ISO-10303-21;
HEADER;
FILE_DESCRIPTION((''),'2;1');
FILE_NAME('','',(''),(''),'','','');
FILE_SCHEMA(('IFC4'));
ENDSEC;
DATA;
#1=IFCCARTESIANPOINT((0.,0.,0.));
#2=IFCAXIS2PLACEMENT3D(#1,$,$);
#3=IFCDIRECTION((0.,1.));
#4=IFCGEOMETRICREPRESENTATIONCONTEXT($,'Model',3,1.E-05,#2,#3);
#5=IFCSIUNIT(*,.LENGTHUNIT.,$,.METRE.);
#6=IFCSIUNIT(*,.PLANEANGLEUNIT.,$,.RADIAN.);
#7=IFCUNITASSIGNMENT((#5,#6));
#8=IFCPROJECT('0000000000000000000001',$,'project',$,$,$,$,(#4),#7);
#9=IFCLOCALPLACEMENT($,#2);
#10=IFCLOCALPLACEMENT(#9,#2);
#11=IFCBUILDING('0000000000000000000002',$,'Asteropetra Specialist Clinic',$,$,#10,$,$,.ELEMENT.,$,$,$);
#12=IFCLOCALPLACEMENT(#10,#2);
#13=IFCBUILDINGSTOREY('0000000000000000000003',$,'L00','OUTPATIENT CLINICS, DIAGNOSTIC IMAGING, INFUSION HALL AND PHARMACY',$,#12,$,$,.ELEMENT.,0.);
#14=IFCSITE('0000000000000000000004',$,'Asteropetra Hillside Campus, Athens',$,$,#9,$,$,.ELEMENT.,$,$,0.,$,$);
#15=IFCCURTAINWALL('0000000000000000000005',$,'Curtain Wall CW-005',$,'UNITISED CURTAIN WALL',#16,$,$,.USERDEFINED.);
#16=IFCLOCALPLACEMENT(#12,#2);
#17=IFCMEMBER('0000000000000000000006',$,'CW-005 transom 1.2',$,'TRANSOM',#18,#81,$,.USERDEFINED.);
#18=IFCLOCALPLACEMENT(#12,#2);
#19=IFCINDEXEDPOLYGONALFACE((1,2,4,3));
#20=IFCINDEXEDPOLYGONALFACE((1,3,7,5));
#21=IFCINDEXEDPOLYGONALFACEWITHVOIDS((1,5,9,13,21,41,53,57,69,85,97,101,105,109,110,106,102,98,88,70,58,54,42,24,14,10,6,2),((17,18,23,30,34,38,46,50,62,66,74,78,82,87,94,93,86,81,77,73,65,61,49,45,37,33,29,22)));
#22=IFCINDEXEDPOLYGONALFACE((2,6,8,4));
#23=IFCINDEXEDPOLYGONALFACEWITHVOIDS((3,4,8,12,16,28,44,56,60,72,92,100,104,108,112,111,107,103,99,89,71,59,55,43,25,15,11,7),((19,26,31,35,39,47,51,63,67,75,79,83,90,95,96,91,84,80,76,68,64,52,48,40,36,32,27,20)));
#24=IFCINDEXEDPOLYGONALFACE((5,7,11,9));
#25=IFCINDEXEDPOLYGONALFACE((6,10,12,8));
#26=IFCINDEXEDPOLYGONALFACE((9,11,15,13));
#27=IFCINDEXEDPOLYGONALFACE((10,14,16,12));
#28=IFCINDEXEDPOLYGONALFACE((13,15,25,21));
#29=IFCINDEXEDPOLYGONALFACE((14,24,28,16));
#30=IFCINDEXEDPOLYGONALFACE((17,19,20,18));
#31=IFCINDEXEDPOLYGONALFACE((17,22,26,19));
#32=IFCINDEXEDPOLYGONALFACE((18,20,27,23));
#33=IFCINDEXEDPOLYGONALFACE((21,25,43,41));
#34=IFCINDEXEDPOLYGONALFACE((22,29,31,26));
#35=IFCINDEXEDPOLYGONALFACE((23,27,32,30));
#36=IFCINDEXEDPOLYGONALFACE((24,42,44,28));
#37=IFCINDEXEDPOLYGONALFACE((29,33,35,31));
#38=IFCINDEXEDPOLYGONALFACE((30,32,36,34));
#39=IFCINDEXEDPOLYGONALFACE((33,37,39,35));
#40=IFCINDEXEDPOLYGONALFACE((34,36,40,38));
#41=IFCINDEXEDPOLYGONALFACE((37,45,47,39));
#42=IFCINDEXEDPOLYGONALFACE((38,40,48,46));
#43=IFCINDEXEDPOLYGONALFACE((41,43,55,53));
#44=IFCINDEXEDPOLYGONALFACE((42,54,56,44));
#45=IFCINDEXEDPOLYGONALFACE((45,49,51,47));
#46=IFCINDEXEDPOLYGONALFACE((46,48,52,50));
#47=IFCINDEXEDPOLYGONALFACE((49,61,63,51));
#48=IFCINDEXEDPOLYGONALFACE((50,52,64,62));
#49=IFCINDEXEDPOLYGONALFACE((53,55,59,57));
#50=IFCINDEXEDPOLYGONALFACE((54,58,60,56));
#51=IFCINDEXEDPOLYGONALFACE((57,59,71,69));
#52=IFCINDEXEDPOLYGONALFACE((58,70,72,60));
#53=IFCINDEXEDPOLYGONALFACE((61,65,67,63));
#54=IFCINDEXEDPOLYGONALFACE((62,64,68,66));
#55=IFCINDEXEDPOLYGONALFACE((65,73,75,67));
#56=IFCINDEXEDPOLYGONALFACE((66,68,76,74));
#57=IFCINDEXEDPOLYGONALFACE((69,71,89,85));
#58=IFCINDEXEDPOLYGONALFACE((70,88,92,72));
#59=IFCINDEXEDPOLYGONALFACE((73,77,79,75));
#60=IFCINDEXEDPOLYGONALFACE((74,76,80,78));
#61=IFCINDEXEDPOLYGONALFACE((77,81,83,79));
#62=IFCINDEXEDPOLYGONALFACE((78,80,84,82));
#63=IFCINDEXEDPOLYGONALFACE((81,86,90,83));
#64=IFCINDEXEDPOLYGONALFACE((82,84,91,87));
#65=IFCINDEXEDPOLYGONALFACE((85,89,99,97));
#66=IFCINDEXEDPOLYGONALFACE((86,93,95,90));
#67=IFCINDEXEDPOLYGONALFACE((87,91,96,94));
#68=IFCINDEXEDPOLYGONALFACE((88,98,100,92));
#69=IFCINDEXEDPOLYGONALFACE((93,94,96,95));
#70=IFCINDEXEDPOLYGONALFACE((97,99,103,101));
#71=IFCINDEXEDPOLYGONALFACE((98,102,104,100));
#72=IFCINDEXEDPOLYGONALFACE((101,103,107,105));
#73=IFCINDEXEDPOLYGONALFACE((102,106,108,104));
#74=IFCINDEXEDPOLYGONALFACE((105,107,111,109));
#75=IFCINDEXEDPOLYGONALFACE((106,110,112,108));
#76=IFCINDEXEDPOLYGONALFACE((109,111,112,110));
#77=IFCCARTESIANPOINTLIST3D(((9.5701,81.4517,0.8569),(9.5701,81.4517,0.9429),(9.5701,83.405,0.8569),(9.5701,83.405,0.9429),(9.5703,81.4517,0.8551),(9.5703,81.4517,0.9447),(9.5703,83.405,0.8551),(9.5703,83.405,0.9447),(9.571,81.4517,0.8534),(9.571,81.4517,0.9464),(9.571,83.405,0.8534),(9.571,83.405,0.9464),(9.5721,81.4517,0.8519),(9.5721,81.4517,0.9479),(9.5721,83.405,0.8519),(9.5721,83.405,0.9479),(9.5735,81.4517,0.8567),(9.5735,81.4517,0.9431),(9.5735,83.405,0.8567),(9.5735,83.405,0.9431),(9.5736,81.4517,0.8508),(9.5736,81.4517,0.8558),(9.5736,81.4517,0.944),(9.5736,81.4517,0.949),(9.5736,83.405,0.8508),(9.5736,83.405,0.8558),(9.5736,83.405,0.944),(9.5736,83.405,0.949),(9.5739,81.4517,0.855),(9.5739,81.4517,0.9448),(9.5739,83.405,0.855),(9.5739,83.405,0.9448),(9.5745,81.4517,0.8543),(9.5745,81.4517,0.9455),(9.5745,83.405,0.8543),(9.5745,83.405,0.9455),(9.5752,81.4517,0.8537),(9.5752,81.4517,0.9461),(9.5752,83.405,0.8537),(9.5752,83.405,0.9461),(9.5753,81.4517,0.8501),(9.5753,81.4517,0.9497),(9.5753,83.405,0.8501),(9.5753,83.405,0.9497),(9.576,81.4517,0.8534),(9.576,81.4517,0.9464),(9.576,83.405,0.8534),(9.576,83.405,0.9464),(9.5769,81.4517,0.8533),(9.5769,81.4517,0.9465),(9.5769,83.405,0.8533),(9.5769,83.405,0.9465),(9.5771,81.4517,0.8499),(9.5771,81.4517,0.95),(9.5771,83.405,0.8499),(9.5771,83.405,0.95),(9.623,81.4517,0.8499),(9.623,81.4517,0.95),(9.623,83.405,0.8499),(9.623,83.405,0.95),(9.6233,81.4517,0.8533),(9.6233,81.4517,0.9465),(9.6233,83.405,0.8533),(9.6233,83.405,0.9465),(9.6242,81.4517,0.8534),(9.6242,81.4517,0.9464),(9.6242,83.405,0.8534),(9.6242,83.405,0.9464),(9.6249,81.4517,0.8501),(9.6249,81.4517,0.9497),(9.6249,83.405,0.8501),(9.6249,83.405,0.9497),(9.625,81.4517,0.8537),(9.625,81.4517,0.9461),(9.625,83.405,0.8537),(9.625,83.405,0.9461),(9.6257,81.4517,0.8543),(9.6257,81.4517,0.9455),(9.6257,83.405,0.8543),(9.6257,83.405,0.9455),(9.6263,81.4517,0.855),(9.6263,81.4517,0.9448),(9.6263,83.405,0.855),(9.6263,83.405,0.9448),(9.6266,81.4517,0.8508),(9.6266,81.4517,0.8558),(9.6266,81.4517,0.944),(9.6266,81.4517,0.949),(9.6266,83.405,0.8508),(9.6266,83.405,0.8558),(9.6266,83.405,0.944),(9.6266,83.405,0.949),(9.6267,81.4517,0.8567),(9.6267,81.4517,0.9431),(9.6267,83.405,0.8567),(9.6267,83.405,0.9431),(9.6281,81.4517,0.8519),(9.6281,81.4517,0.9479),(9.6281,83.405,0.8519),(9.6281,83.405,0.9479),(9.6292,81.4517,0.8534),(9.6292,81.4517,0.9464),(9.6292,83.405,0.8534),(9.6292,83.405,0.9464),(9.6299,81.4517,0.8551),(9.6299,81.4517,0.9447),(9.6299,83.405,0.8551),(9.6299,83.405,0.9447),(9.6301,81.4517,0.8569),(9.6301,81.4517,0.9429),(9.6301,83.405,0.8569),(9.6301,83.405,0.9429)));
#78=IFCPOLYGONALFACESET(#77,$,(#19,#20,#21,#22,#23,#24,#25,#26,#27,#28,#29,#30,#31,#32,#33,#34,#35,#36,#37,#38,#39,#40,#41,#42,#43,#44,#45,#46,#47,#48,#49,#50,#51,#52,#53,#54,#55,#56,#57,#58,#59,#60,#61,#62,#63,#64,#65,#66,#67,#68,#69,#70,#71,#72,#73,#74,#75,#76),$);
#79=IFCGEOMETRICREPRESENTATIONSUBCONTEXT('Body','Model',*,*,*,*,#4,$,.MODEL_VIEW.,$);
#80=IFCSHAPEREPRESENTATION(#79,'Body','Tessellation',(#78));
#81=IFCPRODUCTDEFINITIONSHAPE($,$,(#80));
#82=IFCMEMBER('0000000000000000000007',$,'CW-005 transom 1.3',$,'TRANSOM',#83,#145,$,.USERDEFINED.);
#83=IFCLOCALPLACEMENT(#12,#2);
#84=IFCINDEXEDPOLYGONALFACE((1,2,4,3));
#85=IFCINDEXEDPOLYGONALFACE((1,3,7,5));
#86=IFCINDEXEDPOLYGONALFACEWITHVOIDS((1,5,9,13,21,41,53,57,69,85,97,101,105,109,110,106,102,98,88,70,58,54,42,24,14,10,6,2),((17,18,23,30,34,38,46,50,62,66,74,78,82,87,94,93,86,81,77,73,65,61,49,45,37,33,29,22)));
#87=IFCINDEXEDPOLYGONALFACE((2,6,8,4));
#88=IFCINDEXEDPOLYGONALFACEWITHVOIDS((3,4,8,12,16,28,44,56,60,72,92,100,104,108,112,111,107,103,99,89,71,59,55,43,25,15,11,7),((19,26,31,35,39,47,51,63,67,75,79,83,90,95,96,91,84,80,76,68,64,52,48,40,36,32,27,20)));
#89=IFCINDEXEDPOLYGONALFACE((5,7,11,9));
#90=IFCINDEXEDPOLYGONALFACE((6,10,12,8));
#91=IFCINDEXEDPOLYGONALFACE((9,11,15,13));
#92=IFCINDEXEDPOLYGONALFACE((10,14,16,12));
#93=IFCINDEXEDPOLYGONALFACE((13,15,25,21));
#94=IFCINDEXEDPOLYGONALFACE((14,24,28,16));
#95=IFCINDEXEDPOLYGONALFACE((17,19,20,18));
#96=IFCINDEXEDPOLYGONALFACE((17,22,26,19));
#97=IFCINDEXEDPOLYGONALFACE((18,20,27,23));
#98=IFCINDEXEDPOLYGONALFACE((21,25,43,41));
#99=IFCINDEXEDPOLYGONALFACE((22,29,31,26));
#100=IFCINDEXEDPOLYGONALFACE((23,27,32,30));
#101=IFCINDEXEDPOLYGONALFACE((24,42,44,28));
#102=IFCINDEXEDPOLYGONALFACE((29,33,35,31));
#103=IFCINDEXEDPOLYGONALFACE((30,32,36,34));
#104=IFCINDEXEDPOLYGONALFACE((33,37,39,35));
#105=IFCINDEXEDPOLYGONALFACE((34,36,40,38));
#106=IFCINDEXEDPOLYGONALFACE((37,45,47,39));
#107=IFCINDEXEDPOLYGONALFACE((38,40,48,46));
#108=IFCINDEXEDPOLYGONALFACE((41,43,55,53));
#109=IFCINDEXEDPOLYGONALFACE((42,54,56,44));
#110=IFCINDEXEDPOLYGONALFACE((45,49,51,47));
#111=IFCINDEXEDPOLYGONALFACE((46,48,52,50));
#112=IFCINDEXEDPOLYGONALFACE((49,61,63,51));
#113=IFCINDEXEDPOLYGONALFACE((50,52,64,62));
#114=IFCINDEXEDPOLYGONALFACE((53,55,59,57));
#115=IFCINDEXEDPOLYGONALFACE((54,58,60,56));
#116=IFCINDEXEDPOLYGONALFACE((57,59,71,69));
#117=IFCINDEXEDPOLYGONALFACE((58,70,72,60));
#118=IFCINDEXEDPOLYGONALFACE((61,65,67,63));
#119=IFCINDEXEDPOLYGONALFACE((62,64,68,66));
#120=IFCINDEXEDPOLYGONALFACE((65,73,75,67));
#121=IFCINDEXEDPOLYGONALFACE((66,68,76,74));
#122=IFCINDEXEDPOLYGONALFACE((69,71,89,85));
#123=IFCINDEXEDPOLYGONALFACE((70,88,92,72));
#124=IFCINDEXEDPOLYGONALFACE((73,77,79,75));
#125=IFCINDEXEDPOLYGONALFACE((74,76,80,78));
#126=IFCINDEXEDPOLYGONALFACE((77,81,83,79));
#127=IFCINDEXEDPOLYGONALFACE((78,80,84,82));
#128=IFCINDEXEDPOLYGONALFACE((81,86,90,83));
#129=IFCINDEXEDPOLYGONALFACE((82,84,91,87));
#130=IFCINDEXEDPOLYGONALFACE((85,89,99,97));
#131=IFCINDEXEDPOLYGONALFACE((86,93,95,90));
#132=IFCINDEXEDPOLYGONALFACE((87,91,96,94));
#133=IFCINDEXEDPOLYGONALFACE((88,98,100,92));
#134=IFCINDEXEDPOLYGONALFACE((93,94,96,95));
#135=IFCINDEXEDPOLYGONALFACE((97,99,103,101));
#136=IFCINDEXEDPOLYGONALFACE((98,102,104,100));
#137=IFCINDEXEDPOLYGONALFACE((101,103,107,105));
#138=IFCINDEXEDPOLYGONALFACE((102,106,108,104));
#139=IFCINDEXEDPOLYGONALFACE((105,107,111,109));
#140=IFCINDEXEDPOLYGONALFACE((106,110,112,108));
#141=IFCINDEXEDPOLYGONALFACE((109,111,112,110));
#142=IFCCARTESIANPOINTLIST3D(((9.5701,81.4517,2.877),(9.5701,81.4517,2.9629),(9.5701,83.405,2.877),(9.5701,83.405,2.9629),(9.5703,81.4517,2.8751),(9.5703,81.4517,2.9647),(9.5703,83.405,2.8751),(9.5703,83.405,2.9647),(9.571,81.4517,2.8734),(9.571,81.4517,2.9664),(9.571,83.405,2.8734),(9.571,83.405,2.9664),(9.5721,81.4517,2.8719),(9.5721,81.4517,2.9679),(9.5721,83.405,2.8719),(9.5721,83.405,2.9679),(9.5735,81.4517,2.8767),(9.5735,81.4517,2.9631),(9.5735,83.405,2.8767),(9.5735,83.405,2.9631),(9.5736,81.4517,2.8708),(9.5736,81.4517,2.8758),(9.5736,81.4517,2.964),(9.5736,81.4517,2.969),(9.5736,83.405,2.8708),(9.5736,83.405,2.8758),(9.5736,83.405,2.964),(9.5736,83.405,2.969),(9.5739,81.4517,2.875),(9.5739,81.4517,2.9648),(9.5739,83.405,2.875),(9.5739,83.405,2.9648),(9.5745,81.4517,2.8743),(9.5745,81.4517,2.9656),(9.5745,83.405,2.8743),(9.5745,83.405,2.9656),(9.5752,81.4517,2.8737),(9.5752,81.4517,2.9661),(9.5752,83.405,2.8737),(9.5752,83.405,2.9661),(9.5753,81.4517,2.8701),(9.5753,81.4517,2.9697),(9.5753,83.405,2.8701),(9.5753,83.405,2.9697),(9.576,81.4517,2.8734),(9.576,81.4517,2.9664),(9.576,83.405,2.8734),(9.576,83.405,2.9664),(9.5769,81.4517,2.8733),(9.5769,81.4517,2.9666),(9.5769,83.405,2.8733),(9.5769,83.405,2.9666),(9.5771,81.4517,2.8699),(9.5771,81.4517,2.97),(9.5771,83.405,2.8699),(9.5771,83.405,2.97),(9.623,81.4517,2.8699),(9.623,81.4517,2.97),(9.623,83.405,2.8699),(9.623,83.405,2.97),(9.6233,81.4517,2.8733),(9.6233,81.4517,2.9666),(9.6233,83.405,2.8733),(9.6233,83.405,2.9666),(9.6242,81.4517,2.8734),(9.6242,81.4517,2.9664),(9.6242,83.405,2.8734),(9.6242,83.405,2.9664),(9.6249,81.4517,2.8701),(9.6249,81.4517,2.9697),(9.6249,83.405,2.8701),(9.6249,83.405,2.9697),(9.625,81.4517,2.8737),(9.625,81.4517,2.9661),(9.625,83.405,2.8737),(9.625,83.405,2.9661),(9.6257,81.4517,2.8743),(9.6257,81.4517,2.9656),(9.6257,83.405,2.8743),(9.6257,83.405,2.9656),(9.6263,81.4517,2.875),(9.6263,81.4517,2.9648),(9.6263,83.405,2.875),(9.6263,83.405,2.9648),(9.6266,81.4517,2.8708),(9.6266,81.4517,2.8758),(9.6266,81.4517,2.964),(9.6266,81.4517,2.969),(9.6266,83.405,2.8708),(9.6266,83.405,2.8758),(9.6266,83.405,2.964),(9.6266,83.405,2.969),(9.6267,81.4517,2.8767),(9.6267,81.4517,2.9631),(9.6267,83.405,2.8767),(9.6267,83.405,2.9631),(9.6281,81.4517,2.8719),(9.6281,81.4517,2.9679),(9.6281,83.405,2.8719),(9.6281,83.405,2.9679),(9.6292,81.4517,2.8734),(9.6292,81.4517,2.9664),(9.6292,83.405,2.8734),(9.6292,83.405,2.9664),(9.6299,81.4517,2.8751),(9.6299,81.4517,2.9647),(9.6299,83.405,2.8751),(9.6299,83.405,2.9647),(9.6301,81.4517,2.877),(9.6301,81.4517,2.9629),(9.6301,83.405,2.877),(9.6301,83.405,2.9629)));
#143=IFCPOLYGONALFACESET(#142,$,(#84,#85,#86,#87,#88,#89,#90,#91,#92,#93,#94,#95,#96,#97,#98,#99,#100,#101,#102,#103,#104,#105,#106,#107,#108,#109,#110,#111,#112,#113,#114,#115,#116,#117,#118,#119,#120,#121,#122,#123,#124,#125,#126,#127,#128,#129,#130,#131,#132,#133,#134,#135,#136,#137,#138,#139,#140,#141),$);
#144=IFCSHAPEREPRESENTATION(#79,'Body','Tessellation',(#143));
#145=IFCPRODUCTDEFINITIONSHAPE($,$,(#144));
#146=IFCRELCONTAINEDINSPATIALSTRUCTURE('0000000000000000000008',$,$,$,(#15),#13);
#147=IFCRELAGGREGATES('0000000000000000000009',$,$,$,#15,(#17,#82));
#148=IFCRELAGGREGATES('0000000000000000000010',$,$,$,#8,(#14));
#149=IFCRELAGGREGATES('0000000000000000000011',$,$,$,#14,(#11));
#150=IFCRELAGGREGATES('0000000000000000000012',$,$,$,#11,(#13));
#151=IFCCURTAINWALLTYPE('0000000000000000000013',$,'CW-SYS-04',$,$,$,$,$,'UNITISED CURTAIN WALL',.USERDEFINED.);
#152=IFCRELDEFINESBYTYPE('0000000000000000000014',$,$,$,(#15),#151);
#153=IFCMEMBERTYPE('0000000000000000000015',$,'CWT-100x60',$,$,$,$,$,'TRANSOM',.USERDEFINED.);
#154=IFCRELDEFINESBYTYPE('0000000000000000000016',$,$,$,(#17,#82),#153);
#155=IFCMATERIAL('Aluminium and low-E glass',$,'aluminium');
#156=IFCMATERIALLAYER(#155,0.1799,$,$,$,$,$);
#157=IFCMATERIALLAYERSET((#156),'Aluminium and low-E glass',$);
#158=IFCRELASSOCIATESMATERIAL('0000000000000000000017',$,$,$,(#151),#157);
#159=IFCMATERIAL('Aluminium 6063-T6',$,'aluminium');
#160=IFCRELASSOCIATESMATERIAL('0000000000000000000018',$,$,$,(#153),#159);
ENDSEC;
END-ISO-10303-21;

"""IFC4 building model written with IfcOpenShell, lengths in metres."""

from ifc_helpers import new_model, si_unit, direction, frame, origin, origin_2d, place, context, subcontext, project, spatial, hollow_rectangle, extrude, material, layer, layer_set, material_profile, profile_set, type_object, element, aggregate, save


model = new_model("IFC4")

# Units and contexts
model_context = context("Model", 3, precision=1e-05, world=origin(), true_north=direction((0.0, 1.0)))
body_context = subcontext(model_context, "Body", "Model", "MODEL_VIEW")
ifc_project = project(units=[si_unit("LENGTHUNIT", "METRE"), si_unit("PLANEANGLEUNIT", "RADIAN")], contexts=[model_context])

# Site, building, storey
site_placement = place(None, origin())
site = spatial("IfcSite", under=ifc_project, at=site_placement, Name="Asteropetra Hillside Campus, Athens", CompositionType="ELEMENT", RefElevation=0.0)
building_placement = place(site_placement, origin())
building = spatial("IfcBuilding", under=site, at=building_placement, Name="Asteropetra Specialist Clinic", CompositionType="ELEMENT")
storey_placement = place(building_placement, origin())
storey = spatial("IfcBuildingStorey", under=building, at=storey_placement, Name="L00", Description="OUTPATIENT CLINICS, DIAGNOSTIC IMAGING, INFUSION HALL AND PHARMACY", CompositionType="ELEMENT", Elevation=0.0)

# Curtain wall
ifc_material_1 = material(Name="Aluminium and low-E glass", Category="aluminium")
ifc_layer_1 = layer(ifc_material_1, 0.1799)
ifc_layer_set_1 = layer_set([ifc_layer_1], Name="Aluminium and low-E glass")
curtain_wall_type_1 = type_object("IfcCurtainWallType", Name="CW-SYS-04", ElementType="UNITISED CURTAIN WALL", PredefinedType="USERDEFINED", material=ifc_layer_set_1)
curtain_wall_1_placement = place(storey_placement, origin())
curtain_wall_1 = element("IfcCurtainWall", 1, at=curtain_wall_1_placement, inside=storey, type_object=curtain_wall_type_1, Name="Curtain Wall CW-005", ObjectType="UNITISED CURTAIN WALL", PredefinedType="USERDEFINED")

# Members
ifc_material_2 = material(Name="Aluminium 6063-T6", Category="aluminium")
ifc_material_profile_1 = material_profile(ifc_material_2, hollow_rectangle(XDim=0.0601, YDim=0.1001, WallThickness=0.0034, InnerFilletRadius=0.0034, OuterFilletRadius=0.0071, at=origin_2d()), Name="TRN 100x60x3.5")
ifc_profile_set_1 = profile_set([ifc_material_profile_1], Name="Aluminium 6063-T6")
member_type_1 = type_object("IfcMemberType", Name="CWT-100x60", ElementType="TRANSOM", PredefinedType="USERDEFINED", material=ifc_profile_set_1)
member_1_placement = place(storey_placement, frame((9.6001, 83.405, 0.8999), z_axis=(0.0, -1.0, 0.0), x_axis=(1.0, 0.0, 0.0)))
member_1 = element("IfcMember", 2, at=member_1_placement, type_object=member_type_1, Name="CW-005 transom 1.2", ObjectType="TRANSOM", PredefinedType="USERDEFINED", context=body_context, shape_type="SweptSolid", body=[
    extrude(hollow_rectangle(XDim=0.0601, YDim=0.1001, WallThickness=0.0034, InnerFilletRadius=0.0034, OuterFilletRadius=0.0071, at=origin_2d()), origin(), (0.0, 0.0, 1.0), 1.9534),
])
member_2_placement = place(storey_placement, frame((9.6001, 83.405, 2.9199), z_axis=(0.0, -1.0, 0.0), x_axis=(1.0, 0.0, 0.0)))
member_2 = element("IfcMember", 3, at=member_2_placement, type_object=member_type_1, Name="CW-005 transom 1.3", ObjectType="TRANSOM", PredefinedType="USERDEFINED", context=body_context, shape_type="SweptSolid", body=[
    extrude(hollow_rectangle(XDim=0.0601, YDim=0.1001, WallThickness=0.0034, InnerFilletRadius=0.0034, OuterFilletRadius=0.0071, at=origin_2d()), origin(), (0.0, 0.0, 1.0), 1.9534),
])

aggregate(curtain_wall_1, [member_1, member_2])

save(model, "model.ifc")
